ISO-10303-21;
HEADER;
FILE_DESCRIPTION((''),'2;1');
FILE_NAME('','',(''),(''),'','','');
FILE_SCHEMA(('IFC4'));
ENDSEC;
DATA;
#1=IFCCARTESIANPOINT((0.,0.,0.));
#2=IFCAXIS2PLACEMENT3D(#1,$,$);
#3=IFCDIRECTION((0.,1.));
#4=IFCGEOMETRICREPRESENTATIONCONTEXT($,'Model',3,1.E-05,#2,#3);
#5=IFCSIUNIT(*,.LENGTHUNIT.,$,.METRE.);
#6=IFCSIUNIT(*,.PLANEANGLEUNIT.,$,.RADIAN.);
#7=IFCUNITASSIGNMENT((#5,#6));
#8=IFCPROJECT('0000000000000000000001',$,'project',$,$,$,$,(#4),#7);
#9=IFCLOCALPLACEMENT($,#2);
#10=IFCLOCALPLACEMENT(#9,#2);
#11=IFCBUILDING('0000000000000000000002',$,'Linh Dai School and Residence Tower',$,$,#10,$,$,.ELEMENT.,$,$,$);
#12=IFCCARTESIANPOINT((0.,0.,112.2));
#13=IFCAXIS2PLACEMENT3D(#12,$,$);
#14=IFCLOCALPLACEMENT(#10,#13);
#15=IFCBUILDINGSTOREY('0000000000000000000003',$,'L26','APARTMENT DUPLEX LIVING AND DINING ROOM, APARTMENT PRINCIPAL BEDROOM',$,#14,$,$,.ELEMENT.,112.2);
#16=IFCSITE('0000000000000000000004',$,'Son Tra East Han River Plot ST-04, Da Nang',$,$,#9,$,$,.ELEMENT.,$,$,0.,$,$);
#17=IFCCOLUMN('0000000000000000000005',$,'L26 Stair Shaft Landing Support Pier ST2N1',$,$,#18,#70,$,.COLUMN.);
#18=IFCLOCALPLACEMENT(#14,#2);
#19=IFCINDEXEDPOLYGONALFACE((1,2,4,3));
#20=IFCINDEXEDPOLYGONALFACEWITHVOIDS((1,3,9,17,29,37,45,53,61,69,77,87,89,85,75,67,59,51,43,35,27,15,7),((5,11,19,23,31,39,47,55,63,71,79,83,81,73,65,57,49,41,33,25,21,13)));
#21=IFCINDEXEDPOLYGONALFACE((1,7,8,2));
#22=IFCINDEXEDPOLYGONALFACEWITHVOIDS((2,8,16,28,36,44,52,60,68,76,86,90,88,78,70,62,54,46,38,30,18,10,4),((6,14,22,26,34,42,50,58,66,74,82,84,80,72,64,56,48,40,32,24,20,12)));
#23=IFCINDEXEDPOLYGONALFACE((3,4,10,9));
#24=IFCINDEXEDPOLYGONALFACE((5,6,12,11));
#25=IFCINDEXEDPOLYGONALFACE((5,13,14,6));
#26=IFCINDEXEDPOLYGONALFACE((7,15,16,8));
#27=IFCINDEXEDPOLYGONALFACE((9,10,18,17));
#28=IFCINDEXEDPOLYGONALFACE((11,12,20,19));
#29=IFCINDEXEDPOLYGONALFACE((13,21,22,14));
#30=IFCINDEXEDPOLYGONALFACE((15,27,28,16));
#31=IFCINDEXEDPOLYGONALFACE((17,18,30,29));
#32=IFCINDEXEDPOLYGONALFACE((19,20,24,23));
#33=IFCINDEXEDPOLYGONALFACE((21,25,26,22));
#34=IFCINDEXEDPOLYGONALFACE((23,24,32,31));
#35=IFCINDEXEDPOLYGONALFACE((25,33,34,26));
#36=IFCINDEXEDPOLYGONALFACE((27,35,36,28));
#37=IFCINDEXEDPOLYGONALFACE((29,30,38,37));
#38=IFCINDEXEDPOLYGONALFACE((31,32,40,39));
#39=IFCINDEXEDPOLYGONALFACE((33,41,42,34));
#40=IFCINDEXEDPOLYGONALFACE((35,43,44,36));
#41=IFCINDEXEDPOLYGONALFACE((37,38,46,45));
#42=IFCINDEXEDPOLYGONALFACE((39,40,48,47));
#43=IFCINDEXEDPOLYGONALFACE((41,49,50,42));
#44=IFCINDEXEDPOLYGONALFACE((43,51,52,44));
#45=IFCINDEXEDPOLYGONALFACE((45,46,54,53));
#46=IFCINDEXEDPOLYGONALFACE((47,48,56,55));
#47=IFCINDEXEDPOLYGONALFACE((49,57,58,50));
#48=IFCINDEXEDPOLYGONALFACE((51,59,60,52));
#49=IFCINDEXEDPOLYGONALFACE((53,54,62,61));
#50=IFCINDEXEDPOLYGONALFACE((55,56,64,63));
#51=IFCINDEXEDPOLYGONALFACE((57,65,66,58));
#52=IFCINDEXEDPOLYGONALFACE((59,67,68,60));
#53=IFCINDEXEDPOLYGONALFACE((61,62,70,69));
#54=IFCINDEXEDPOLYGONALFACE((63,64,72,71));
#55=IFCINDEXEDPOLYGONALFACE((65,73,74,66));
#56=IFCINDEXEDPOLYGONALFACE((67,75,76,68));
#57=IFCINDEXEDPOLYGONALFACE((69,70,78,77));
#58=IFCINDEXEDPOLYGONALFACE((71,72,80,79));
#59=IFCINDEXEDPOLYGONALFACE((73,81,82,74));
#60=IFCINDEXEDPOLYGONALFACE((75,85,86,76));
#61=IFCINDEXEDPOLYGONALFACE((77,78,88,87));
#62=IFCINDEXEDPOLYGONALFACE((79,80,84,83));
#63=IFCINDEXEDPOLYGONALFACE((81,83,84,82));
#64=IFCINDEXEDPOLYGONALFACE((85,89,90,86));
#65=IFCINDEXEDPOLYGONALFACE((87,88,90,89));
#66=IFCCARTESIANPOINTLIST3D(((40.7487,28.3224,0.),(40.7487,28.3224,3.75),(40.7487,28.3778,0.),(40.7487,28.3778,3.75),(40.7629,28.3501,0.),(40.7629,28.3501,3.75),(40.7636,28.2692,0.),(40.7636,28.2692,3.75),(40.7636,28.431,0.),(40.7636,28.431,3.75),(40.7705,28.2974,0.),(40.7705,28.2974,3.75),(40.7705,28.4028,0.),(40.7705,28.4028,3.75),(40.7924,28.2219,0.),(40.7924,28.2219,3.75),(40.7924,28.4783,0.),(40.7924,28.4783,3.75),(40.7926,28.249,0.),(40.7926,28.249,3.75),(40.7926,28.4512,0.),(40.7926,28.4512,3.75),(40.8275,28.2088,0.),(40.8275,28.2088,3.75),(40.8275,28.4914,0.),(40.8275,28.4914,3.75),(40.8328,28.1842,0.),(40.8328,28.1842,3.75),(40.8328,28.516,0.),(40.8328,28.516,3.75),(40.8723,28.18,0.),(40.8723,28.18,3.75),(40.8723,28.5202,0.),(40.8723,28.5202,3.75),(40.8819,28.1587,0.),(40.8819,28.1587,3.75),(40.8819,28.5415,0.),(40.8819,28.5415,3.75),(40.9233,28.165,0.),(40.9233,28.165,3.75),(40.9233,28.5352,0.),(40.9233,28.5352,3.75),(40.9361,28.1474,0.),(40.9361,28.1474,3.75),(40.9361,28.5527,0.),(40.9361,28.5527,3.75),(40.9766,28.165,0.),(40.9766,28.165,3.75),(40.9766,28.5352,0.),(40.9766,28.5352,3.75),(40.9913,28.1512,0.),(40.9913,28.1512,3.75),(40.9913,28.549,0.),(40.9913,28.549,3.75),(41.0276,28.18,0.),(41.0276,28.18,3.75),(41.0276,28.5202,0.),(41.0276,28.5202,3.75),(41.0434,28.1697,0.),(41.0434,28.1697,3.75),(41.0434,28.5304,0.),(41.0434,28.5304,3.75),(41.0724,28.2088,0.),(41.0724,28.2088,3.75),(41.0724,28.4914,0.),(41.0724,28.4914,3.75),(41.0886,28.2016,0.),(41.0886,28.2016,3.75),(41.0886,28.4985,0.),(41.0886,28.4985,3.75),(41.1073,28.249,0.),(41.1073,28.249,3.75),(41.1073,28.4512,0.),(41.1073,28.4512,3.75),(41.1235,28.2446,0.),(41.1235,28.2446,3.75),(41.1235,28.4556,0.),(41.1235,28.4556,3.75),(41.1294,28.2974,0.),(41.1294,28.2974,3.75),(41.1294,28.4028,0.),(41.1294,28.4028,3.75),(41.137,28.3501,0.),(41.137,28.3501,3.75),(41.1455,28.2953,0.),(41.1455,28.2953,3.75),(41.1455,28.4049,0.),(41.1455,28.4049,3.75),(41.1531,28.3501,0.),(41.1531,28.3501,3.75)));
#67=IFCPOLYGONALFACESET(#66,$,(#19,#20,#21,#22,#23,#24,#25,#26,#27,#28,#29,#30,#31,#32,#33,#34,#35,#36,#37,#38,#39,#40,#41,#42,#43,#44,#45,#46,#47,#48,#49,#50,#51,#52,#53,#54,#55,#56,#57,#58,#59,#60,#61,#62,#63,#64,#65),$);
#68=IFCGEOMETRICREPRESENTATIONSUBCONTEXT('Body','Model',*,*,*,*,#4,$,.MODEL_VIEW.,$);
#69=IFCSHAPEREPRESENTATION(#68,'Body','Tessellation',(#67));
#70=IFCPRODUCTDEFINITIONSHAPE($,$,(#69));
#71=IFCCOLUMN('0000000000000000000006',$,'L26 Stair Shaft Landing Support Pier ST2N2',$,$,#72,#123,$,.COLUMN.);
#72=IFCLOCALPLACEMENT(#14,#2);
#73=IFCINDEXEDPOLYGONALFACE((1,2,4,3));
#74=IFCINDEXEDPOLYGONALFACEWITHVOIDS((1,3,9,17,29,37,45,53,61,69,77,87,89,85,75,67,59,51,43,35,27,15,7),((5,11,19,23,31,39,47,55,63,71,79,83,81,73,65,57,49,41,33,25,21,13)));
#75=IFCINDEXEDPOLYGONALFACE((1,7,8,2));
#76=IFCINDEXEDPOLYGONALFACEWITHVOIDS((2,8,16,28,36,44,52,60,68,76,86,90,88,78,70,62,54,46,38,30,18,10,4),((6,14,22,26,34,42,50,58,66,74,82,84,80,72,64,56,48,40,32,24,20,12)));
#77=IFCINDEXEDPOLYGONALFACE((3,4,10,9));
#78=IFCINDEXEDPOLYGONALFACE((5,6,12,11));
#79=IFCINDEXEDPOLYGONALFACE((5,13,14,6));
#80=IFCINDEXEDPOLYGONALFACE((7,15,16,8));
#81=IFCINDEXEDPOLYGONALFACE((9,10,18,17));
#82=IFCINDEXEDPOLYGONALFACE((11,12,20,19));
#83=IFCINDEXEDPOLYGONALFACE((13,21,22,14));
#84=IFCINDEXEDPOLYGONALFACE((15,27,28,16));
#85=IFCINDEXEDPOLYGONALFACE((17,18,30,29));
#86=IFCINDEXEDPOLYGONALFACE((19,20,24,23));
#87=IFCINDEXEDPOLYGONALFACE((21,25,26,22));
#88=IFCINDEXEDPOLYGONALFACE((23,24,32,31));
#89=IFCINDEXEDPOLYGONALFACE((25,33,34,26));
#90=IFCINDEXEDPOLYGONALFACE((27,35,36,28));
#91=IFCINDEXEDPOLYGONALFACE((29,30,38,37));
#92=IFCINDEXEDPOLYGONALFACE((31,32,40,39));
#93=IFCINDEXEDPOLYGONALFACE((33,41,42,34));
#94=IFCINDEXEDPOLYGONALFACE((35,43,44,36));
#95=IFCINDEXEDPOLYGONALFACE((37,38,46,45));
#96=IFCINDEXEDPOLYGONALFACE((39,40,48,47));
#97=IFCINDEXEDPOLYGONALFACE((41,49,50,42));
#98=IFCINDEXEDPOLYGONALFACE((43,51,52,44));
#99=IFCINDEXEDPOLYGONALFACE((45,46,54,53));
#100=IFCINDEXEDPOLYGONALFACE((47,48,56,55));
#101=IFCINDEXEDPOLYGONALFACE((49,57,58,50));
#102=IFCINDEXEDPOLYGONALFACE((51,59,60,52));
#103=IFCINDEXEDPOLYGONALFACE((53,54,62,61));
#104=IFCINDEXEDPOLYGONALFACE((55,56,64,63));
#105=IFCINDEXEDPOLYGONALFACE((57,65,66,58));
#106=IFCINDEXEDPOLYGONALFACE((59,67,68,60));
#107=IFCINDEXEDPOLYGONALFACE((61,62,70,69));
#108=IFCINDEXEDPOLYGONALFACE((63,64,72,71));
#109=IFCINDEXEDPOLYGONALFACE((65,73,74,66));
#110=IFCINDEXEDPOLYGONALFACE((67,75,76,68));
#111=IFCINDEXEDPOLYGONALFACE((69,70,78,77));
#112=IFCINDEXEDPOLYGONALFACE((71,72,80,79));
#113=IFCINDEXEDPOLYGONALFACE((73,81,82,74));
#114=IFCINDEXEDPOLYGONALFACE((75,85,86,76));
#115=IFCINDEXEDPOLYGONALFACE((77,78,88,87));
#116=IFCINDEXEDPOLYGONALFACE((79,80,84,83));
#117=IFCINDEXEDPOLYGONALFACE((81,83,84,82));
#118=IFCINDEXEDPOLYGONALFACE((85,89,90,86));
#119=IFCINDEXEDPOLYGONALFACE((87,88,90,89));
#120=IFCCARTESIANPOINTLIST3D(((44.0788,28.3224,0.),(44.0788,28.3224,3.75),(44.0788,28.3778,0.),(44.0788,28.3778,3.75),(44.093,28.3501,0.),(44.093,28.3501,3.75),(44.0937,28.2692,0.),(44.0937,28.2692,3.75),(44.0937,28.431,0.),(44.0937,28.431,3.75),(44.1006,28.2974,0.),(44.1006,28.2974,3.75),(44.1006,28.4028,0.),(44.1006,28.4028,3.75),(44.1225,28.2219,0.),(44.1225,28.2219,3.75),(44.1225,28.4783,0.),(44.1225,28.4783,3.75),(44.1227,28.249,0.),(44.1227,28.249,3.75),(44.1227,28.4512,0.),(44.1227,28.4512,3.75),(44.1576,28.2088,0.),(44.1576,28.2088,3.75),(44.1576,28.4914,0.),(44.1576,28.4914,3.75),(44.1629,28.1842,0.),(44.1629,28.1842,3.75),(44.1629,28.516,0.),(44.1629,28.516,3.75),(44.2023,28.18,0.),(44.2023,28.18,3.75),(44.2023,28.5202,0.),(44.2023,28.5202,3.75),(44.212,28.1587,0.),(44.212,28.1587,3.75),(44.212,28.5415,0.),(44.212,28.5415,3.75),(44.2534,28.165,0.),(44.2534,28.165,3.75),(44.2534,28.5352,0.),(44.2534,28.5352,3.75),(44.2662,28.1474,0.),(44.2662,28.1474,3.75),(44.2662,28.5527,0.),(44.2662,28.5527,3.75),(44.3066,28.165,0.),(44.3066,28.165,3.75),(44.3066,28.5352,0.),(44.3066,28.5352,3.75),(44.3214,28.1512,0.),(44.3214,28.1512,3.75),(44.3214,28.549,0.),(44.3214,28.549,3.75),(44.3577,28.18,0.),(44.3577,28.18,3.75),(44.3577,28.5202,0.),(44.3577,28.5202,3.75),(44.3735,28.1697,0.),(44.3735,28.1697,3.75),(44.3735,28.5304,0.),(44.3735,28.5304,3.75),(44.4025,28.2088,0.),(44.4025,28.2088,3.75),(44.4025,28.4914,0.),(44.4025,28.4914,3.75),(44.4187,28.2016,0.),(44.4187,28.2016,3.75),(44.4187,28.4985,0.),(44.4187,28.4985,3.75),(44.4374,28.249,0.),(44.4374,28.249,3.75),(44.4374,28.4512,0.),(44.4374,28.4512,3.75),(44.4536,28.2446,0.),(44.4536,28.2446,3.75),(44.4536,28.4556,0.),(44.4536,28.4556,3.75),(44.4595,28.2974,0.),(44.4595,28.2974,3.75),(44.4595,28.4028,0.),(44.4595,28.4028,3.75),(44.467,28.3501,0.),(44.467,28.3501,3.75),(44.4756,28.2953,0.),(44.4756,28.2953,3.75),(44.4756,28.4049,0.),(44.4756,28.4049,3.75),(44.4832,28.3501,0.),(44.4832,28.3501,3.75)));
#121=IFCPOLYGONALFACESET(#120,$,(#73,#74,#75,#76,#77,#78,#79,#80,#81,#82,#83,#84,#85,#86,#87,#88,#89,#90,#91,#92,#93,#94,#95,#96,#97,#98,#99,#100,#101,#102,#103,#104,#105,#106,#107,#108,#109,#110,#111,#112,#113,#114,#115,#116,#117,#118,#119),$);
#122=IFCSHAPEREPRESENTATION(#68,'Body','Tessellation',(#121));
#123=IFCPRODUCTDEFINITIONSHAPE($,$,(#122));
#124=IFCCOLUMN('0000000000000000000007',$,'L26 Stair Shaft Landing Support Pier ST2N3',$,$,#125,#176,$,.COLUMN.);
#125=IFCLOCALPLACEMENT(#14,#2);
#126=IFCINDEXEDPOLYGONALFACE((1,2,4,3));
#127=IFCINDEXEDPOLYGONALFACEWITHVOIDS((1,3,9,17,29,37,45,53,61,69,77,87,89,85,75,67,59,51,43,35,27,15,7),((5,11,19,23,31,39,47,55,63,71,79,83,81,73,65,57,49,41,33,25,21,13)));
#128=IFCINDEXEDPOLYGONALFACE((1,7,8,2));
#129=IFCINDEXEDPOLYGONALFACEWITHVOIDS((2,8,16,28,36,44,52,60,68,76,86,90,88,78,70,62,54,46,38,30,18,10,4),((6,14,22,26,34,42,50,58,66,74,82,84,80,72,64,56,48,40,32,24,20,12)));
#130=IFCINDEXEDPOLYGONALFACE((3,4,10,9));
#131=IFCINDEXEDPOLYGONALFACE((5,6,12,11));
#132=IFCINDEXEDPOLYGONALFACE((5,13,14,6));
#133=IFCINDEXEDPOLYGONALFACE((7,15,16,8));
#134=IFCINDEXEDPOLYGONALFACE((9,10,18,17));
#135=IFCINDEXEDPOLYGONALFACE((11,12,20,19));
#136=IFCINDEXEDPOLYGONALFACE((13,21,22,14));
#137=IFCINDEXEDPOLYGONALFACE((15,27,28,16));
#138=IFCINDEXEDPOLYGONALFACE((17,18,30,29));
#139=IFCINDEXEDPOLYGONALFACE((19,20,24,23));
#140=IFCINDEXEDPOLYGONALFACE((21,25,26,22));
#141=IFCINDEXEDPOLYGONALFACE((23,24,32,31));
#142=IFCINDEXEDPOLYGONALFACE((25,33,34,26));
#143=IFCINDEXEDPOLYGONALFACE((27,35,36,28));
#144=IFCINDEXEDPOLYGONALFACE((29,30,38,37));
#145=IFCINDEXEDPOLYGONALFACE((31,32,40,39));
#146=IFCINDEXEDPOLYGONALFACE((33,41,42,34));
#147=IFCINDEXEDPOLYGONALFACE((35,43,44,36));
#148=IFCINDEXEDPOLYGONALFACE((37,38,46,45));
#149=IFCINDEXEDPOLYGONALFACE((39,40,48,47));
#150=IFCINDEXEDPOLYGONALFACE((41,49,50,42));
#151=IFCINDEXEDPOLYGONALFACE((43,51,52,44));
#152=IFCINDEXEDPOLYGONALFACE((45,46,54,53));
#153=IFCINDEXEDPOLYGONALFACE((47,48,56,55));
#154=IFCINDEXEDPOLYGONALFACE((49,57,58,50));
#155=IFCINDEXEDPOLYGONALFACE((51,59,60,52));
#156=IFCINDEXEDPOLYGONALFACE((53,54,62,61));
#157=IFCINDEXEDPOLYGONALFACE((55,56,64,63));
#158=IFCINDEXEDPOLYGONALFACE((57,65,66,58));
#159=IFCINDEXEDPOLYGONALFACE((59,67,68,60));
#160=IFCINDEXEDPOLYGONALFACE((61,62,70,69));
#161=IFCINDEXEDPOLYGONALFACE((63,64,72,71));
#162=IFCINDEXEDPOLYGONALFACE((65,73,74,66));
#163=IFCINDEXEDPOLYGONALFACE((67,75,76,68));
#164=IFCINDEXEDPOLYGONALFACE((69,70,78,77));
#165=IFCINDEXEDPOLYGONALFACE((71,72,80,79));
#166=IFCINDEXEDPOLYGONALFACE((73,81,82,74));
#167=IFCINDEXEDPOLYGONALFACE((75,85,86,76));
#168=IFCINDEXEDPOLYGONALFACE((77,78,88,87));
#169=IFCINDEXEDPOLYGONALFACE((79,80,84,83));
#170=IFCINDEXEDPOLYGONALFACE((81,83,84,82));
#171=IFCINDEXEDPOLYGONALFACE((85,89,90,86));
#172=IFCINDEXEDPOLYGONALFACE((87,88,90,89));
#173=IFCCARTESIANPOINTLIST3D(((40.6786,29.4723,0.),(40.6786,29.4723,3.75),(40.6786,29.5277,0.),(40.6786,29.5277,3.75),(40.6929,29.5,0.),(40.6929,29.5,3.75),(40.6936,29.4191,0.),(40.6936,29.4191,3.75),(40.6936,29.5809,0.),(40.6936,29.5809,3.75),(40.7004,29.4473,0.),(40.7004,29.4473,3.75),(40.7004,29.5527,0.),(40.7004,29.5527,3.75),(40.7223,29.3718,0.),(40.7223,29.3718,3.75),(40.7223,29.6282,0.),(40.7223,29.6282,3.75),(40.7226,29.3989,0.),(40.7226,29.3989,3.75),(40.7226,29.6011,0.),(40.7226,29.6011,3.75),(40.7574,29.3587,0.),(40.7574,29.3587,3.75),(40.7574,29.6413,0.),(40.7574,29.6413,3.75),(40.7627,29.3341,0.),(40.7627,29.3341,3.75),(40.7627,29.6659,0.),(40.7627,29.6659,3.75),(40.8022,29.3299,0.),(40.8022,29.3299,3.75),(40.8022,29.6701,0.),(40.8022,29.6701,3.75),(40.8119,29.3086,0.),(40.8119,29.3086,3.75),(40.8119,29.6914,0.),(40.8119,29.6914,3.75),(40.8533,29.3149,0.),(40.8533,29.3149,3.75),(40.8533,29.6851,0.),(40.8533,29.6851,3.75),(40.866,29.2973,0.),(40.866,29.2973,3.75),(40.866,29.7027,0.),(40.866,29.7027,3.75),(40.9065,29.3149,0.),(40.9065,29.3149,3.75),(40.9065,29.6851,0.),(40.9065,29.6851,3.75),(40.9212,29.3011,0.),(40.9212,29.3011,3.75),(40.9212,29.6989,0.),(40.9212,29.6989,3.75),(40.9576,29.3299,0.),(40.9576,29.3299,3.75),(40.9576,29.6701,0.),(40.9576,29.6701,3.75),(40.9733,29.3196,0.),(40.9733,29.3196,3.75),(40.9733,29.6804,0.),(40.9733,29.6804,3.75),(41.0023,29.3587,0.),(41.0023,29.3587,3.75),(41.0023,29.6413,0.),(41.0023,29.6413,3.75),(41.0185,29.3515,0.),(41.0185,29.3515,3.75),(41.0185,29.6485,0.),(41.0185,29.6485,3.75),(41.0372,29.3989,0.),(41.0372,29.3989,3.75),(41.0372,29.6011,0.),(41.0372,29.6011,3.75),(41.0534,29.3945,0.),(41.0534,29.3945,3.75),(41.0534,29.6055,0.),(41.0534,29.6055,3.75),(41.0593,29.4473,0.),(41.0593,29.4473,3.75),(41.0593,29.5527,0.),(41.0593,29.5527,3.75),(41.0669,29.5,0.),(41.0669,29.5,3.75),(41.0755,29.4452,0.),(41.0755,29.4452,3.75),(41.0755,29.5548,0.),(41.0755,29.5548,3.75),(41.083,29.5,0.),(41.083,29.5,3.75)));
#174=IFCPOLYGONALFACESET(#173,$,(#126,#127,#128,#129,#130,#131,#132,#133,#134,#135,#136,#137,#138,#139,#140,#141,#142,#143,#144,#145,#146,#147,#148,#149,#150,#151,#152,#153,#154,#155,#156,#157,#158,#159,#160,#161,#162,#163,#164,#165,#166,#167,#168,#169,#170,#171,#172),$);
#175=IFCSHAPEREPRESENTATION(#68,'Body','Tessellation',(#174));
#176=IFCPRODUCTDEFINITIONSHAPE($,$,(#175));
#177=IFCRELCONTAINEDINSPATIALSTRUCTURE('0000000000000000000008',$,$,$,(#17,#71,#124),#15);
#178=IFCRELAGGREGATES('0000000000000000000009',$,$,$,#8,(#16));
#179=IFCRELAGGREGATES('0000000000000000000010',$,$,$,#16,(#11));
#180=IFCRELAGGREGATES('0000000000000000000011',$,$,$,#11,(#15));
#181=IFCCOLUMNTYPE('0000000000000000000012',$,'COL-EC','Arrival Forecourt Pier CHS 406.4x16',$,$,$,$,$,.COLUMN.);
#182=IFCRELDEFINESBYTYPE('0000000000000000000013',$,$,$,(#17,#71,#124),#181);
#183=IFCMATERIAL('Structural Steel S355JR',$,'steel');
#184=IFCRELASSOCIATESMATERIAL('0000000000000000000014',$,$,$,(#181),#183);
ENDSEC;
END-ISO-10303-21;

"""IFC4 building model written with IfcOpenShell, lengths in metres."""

from ifc_helpers import new_model, si_unit, direction, frame, origin, origin_2d, place, context, subcontext, project, spatial, hollow_circle, extrude, material, material_profile, profile_set, type_object, element, save


model = new_model("IFC4")

# Units and contexts
model_context = context("Model", 3, precision=1e-05, world=origin(), true_north=direction((0.0, 1.0)))
body_context = subcontext(model_context, "Body", "Model", "MODEL_VIEW")
ifc_project = project(units=[si_unit("LENGTHUNIT", "METRE"), si_unit("PLANEANGLEUNIT", "RADIAN")], contexts=[model_context])

# Site, building, storey
site_placement = place(None, origin())
site = spatial("IfcSite", under=ifc_project, at=site_placement, Name="Son Tra East Han River Plot ST-04, Da Nang", CompositionType="ELEMENT", RefElevation=0.0)
building_placement = place(site_placement, origin())
building = spatial("IfcBuilding", under=site, at=building_placement, Name="Linh Dai School and Residence Tower", CompositionType="ELEMENT")
storey_placement = place(building_placement, frame((0.0, 0.0, 112.2)))
storey = spatial("IfcBuildingStorey", under=building, at=storey_placement, Name="L26", Description="APARTMENT DUPLEX LIVING AND DINING ROOM, APARTMENT PRINCIPAL BEDROOM", CompositionType="ELEMENT", Elevation=112.2)

# Columns
ifc_material_1 = material(Name="Structural Steel S355JR", Category="steel")
ifc_material_profile_1 = material_profile(ifc_material_1, hollow_circle(Radius=0.2031, WallThickness=0.0161, at=origin_2d()), Name="CHS 406.4x16")
ifc_profile_set_1 = profile_set([ifc_material_profile_1], Name="Structural Steel S355JR")
column_type_1 = type_object("IfcColumnType", Name="COL-EC", Description="Arrival Forecourt Pier CHS 406.4x16", PredefinedType="COLUMN", material=ifc_profile_set_1)
for number, where, z_axis, x_axis, name in (
    (1, (40.95, 28.3501, 0.0), (0.0, 0.0, 1.0), (1.0, 0.0, 0.0), "L26 Stair Shaft Landing Support Pier ST2N1"),
    (2, (44.28, 28.3501, 0.0), (0.0, 0.0, 1.0), (1.0, 0.0, 0.0), "L26 Stair Shaft Landing Support Pier ST2N2"),
    (3, (40.8799, 29.5, 0.0), (0.0, 0.0, 1.0), (1.0, 0.0, 0.0), "L26 Stair Shaft Landing Support Pier ST2N3"),
):
    element("IfcColumn", number, at=place(storey_placement, frame(where, z_axis=z_axis, x_axis=x_axis)), inside=storey, type_object=column_type_1, Name=name, PredefinedType="COLUMN", context=body_context, shape_type="SweptSolid", body=[
        extrude(hollow_circle(Radius=0.2031, WallThickness=0.0161, at=origin_2d()), origin(), (0.0, 0.0, 1.0), 3.75),
    ])

save(model, "model.ifc")
